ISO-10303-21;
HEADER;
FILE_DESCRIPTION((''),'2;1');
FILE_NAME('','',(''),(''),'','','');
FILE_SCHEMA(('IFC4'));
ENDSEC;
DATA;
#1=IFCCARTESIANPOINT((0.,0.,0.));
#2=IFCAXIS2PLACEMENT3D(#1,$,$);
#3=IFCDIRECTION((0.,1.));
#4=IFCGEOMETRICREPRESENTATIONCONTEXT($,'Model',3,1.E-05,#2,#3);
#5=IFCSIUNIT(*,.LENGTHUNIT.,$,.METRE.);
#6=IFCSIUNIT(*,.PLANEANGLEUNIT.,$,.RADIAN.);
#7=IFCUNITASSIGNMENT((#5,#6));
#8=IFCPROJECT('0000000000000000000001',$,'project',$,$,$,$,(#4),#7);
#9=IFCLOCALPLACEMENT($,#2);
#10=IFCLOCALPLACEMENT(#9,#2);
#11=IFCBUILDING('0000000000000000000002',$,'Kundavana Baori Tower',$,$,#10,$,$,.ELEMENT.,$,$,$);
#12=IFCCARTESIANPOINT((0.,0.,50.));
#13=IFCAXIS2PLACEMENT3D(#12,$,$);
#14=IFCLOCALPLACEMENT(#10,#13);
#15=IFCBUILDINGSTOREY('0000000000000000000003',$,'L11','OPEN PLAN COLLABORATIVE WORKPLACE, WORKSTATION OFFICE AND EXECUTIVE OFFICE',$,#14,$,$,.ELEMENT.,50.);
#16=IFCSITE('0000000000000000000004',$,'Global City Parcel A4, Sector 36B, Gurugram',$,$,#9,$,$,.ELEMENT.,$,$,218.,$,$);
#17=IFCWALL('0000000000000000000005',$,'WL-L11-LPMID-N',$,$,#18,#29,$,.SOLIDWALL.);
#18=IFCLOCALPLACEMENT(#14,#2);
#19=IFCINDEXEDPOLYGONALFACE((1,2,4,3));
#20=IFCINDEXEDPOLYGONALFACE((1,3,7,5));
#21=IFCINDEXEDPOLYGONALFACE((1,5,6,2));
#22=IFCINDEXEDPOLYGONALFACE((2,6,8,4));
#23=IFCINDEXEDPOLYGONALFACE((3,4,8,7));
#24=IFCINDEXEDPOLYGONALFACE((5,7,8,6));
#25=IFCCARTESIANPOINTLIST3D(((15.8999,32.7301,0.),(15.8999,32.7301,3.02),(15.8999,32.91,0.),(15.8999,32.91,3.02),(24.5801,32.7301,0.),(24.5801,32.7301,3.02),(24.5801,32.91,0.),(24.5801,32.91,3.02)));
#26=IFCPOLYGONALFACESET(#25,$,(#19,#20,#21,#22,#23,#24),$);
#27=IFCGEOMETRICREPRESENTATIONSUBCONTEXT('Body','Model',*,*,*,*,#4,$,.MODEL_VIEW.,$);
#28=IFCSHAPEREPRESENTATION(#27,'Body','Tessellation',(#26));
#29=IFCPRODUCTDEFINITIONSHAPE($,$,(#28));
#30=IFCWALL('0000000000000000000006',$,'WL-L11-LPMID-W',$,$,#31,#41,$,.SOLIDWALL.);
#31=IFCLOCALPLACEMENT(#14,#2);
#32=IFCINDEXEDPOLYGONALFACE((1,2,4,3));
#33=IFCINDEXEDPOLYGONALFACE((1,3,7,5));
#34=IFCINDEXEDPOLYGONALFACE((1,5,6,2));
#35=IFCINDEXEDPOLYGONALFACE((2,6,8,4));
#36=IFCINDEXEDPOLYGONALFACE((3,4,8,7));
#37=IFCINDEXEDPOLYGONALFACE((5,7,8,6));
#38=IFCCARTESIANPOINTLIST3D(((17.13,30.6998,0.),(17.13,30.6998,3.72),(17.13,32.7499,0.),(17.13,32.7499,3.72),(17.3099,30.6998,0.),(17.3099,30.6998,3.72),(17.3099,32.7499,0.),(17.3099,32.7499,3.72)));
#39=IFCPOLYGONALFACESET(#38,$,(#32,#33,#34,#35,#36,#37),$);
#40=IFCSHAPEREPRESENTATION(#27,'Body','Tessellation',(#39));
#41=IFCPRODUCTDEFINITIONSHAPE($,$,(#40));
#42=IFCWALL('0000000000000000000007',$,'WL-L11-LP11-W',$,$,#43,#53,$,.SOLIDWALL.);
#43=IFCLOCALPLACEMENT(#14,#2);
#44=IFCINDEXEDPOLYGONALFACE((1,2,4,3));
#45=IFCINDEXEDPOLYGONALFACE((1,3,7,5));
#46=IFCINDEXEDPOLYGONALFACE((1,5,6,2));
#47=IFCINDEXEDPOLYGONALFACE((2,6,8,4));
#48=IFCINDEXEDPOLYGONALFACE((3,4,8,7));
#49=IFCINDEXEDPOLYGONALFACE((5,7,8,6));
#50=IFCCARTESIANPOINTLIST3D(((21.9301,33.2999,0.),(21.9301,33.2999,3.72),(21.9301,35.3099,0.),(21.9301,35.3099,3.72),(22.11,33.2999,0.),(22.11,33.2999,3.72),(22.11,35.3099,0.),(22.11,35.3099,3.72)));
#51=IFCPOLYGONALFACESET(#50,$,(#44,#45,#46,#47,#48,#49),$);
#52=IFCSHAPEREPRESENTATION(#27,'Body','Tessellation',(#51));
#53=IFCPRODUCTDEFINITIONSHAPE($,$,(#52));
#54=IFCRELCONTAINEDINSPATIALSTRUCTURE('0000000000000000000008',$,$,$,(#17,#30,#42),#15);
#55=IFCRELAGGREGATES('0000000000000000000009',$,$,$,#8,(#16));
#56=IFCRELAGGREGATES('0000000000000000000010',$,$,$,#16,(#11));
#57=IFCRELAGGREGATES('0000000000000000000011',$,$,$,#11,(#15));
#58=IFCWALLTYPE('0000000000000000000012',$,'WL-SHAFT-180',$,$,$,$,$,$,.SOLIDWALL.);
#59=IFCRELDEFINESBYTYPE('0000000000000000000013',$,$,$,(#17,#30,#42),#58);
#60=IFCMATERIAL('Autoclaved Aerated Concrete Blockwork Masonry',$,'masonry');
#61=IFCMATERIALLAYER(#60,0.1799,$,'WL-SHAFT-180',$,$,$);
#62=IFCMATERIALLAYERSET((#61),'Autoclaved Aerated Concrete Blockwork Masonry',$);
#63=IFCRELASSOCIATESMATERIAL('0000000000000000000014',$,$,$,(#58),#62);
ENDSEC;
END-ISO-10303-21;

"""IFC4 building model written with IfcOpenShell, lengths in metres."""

from ifc_helpers import new_model, si_unit, direction, frame, frame_2d, origin, place, context, subcontext, project, spatial, rectangle, extrude, material, layer, layer_set, type_object, element, save


model = new_model("IFC4")

# Units and contexts
model_context = context("Model", 3, precision=1e-05, world=origin(), true_north=direction((0.0, 1.0)))
body_context = subcontext(model_context, "Body", "Model", "MODEL_VIEW")
ifc_project = project(units=[si_unit("LENGTHUNIT", "METRE"), si_unit("PLANEANGLEUNIT", "RADIAN")], contexts=[model_context])

# Site, building, storey
site_placement = place(None, origin())
site = spatial("IfcSite", under=ifc_project, at=site_placement, Name="Global City Parcel A4, Sector 36B, Gurugram", CompositionType="ELEMENT", RefElevation=218.0)
building_placement = place(site_placement, origin())
building = spatial("IfcBuilding", under=site, at=building_placement, Name="Kundavana Baori Tower", CompositionType="ELEMENT")
storey_placement = place(building_placement, frame((0.0, 0.0, 50.0)))
storey = spatial("IfcBuildingStorey", under=building, at=storey_placement, Name="L11", Description="OPEN PLAN COLLABORATIVE WORKPLACE, WORKSTATION OFFICE AND EXECUTIVE OFFICE", CompositionType="ELEMENT", Elevation=50.0)

# Shared definitions
ifc_material_1 = material(Name="Autoclaved Aerated Concrete Blockwork Masonry", Category="masonry")
ifc_layer_1 = layer(ifc_material_1, 0.1799, Name="WL-SHAFT-180")
ifc_layer_set_1 = layer_set([ifc_layer_1], Name="Autoclaved Aerated Concrete Blockwork Masonry")
wall_type_1 = type_object("IfcWallType", Name="WL-SHAFT-180", PredefinedType="SOLIDWALL", material=ifc_layer_set_1)

# Walls
wall_1_placement = place(storey_placement, frame((15.8999, 32.8201, 0.0), z_axis=(0.0, 0.0, 1.0), x_axis=(1.0, 0.0, 0.0)))
element("IfcWall", 1, at=wall_1_placement, inside=storey, type_object=wall_type_1, Name="WL-L11-LPMID-N", PredefinedType="SOLIDWALL", context=body_context, shape_type="SweptSolid", body=[
    extrude(rectangle(XDim=8.6802, YDim=0.1799, at=frame_2d((4.3401, 0.0))), origin(), (0.0, 0.0, 1.0), 3.02),
])
wall_2_placement = place(storey_placement, frame((17.22, 30.7, 0.0), z_axis=(0.0, 0.0, 1.0), x_axis=(0.0, 1.0, 0.0)))
element("IfcWall", 2, at=wall_2_placement, inside=storey, type_object=wall_type_1, Name="WL-L11-LPMID-W", PredefinedType="SOLIDWALL", context=body_context, shape_type="SweptSolid", body=[
    extrude(rectangle(XDim=2.05, YDim=0.1799, at=frame_2d((1.0249, 0.0))), origin(), (0.0, 0.0, 1.0), 3.72),
])
wall_3_placement = place(storey_placement, frame((22.02, 33.3, 0.0), z_axis=(0.0, 0.0, 1.0), x_axis=(0.0, 1.0, 0.0)))
element("IfcWall", 3, at=wall_3_placement, inside=storey, type_object=wall_type_1, Name="WL-L11-LP11-W", PredefinedType="SOLIDWALL", context=body_context, shape_type="SweptSolid", body=[
    extrude(rectangle(XDim=2.01, YDim=0.1799, at=frame_2d((1.0049, 0.0))), origin(), (0.0, 0.0, 1.0), 3.72),
])

save(model, "model.ifc")
